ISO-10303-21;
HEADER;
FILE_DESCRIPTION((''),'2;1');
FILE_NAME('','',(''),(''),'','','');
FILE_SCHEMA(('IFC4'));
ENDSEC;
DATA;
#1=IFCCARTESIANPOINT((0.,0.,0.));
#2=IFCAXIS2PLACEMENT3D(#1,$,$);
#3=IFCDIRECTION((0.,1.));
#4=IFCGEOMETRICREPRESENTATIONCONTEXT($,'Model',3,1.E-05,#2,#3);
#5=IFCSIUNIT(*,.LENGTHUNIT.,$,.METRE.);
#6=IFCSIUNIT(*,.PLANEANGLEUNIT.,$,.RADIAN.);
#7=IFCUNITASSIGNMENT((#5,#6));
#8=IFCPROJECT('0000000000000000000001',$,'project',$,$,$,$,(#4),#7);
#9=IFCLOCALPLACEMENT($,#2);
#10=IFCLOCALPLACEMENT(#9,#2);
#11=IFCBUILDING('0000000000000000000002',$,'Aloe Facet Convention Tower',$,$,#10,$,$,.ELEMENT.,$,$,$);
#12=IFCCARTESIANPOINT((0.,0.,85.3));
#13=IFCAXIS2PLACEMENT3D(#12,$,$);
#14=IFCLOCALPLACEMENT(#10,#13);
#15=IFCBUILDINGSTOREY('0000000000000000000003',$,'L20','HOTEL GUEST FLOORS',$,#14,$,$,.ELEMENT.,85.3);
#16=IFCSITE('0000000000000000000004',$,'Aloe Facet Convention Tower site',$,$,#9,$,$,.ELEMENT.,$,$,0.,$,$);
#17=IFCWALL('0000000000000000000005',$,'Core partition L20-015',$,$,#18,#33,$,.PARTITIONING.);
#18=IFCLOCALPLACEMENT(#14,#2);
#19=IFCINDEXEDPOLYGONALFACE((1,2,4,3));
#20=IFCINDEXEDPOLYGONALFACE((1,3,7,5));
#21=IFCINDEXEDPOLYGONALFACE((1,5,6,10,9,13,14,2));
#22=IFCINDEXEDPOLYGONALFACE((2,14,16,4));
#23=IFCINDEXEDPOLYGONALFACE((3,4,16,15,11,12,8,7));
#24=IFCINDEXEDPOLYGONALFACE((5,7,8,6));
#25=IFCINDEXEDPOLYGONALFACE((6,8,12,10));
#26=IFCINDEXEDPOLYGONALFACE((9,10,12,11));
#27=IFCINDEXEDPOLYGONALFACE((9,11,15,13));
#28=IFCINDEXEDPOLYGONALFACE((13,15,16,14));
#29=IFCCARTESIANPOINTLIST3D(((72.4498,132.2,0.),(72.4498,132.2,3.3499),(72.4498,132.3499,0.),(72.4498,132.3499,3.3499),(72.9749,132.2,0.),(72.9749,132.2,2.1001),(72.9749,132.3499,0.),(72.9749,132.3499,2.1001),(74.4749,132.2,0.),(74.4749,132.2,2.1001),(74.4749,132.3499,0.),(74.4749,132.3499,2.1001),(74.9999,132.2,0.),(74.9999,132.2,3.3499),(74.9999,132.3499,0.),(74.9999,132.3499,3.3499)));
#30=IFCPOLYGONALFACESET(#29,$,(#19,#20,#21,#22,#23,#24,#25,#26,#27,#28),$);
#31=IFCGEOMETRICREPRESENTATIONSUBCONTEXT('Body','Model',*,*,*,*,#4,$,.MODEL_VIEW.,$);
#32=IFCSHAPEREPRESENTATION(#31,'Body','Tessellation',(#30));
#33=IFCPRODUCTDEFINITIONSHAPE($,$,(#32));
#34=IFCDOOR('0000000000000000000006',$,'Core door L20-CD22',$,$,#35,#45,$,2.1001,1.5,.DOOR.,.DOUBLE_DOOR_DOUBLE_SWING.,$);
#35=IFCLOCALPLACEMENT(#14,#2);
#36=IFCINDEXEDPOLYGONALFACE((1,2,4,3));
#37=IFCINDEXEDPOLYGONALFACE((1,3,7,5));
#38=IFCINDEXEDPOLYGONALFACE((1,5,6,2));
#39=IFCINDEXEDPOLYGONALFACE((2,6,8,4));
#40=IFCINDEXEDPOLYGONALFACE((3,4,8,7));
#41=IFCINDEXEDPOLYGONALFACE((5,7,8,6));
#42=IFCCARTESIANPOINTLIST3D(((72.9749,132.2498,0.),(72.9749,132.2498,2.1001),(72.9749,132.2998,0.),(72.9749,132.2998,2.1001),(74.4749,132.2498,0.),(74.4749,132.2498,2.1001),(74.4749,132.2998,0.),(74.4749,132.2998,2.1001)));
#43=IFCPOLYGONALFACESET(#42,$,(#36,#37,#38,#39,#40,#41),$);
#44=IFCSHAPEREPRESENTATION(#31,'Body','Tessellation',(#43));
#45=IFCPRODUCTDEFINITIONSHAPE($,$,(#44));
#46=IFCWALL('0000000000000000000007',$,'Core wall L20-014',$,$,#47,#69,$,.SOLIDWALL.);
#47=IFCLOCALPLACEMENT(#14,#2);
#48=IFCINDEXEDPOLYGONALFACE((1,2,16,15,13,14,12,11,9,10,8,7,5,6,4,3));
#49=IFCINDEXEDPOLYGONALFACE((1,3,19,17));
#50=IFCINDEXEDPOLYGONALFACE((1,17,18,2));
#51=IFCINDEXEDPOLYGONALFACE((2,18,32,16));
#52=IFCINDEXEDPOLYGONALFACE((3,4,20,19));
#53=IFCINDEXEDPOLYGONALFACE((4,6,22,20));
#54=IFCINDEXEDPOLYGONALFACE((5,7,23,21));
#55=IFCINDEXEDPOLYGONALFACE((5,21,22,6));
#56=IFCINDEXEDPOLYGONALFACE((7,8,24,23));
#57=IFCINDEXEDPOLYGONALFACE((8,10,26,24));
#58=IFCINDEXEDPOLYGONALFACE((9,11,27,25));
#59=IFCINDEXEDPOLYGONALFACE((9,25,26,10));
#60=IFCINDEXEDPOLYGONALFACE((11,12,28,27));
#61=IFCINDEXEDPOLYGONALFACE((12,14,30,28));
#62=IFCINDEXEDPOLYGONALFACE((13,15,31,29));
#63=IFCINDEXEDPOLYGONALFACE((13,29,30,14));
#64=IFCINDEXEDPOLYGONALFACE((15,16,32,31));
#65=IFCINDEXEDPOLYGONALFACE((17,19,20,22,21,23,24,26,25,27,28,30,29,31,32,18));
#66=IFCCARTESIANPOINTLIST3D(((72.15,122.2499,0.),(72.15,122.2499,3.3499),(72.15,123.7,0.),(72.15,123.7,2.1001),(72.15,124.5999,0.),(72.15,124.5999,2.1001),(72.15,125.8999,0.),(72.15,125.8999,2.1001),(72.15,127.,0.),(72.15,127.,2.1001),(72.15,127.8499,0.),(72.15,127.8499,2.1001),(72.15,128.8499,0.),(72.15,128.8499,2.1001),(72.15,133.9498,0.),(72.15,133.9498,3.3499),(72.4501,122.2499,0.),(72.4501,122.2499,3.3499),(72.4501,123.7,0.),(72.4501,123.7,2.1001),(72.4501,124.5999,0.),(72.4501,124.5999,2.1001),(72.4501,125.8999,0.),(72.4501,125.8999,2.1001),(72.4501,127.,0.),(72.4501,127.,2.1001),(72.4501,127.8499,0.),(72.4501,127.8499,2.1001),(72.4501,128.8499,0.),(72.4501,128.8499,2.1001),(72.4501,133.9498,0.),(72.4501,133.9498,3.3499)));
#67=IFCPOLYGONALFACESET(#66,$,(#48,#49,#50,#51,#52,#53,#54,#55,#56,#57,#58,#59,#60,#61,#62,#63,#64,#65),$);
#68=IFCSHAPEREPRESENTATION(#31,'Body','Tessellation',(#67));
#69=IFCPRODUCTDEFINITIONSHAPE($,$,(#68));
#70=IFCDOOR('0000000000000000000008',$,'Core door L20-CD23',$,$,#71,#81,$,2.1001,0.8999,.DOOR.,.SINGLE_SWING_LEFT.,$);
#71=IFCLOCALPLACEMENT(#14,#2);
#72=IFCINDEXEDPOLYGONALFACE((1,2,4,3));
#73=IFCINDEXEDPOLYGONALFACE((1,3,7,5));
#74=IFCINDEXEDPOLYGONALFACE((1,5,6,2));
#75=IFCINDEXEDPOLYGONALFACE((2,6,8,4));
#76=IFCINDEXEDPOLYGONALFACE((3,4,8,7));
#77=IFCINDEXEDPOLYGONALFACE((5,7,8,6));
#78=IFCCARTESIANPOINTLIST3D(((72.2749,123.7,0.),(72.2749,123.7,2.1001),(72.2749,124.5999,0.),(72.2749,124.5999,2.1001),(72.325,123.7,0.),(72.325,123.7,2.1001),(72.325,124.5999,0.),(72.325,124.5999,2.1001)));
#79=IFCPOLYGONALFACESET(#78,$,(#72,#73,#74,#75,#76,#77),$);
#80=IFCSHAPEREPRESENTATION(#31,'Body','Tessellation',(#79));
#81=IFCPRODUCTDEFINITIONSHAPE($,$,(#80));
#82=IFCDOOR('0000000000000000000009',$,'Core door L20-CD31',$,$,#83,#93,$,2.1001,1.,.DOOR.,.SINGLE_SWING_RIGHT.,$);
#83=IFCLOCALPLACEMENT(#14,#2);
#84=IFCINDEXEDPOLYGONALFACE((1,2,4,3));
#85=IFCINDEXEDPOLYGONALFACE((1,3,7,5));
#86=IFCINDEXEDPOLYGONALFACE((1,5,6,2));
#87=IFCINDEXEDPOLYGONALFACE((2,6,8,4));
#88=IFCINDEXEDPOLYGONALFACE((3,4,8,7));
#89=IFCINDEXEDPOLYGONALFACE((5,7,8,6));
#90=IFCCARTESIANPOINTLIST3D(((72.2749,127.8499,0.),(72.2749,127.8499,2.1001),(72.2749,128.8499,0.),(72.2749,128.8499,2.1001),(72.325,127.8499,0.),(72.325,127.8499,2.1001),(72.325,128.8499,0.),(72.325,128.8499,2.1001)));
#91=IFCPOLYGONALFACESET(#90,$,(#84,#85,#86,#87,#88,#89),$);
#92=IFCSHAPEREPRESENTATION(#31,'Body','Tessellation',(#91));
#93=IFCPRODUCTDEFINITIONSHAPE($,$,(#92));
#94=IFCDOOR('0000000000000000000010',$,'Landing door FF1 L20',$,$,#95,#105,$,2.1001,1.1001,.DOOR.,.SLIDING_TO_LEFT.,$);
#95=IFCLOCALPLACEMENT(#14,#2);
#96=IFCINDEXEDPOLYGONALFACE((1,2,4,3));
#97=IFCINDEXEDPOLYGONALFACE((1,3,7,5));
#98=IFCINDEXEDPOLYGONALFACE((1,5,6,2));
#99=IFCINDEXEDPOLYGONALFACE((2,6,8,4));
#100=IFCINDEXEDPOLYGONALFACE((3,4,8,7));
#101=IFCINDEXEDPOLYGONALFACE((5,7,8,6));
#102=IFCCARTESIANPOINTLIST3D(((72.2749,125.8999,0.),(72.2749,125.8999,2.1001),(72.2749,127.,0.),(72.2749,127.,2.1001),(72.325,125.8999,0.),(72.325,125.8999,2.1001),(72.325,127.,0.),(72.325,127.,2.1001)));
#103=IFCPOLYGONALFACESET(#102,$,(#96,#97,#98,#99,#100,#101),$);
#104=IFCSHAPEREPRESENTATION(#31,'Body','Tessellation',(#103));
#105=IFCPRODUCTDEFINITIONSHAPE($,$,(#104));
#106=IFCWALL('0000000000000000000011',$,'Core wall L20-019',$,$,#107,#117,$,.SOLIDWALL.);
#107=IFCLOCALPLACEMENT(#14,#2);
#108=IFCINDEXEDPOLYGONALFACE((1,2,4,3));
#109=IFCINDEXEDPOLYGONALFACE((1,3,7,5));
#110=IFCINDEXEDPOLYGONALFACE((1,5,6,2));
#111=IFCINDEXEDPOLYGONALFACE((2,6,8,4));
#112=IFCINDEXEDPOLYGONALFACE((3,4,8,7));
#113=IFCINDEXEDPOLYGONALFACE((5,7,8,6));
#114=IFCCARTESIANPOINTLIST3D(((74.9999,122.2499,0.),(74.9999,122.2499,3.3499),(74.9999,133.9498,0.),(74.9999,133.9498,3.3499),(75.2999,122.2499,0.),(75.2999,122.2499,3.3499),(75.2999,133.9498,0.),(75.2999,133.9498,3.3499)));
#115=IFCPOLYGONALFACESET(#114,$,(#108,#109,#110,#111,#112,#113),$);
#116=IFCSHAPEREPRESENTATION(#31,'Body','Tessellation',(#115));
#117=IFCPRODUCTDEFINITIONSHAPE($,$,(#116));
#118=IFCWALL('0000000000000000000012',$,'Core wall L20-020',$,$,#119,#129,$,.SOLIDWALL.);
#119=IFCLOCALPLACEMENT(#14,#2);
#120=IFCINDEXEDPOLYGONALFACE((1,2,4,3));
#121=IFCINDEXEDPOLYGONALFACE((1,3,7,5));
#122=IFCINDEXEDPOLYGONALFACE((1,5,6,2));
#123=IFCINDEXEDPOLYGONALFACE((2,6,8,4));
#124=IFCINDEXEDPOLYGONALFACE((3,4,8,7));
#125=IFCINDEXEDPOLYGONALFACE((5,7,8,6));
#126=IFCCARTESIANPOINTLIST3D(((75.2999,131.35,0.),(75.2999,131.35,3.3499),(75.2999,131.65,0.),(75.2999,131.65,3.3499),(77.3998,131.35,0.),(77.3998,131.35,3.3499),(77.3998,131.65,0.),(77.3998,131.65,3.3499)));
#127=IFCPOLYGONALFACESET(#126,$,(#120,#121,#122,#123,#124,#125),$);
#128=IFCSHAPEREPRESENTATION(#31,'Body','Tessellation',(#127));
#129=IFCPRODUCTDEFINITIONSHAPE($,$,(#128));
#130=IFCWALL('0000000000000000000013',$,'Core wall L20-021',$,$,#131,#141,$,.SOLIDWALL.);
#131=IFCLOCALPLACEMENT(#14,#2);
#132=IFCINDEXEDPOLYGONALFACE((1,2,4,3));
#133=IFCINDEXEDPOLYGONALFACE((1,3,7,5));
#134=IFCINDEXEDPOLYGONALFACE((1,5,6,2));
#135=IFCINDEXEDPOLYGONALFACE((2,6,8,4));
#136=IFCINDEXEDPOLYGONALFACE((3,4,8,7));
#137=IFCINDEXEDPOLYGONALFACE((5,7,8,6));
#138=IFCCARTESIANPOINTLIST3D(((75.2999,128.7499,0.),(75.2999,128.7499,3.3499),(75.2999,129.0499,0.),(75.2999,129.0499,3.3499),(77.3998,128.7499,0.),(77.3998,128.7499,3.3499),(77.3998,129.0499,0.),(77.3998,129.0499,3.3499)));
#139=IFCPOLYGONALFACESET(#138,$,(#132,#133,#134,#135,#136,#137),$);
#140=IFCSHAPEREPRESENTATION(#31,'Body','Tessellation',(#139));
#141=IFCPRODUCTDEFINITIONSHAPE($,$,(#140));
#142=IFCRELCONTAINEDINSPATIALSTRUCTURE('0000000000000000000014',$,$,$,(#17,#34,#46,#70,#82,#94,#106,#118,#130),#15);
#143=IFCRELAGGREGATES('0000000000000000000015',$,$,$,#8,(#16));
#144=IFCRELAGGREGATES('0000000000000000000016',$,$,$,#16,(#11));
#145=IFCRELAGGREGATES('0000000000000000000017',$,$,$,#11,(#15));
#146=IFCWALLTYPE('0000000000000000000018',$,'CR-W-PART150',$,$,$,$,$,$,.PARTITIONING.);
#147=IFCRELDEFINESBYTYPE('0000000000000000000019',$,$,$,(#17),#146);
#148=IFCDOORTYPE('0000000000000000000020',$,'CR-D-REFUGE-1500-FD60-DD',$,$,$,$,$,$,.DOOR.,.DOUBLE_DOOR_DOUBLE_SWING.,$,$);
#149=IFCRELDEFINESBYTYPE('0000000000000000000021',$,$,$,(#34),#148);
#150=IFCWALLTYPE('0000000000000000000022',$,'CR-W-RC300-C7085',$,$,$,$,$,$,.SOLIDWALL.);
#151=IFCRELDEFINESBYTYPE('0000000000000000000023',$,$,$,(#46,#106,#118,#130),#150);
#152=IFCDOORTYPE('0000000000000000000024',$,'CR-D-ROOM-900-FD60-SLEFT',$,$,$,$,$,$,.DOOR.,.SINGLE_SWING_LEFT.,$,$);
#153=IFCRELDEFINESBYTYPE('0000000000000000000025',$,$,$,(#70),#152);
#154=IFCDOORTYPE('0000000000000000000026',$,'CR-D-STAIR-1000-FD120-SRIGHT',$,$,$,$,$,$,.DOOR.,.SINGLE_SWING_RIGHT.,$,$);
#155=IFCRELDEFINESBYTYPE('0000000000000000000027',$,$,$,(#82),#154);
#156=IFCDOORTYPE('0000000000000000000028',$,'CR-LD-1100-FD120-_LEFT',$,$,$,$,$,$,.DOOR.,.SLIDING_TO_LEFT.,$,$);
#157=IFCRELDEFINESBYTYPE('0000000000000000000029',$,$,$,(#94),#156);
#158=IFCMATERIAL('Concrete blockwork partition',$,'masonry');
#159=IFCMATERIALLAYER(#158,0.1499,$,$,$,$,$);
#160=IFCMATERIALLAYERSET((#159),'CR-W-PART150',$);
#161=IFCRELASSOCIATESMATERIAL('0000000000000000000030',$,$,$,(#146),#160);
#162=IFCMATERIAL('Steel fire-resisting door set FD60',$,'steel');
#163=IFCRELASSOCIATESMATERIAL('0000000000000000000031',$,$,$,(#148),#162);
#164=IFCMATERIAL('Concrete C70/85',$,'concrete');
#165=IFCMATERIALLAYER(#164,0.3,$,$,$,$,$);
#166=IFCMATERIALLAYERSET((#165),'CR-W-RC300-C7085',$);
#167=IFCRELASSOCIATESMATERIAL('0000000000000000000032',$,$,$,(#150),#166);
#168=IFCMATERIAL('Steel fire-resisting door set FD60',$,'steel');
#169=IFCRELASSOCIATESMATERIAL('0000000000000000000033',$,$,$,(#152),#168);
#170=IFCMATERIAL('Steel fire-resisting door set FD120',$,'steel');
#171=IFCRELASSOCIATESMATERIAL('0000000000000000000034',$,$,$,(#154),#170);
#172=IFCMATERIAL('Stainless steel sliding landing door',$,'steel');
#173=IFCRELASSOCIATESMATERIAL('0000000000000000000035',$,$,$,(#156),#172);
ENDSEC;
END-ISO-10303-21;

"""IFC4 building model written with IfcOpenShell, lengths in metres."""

from ifc_helpers import new_model, si_unit, direction, frame, frame_2d, origin, place, context, subcontext, project, spatial, rectangle, extrude, material, layer, layer_set, type_object, element, fill, save


model = new_model("IFC4")

# Units and contexts
model_context = context("Model", 3, precision=1e-05, world=origin(), true_north=direction((0.0, 1.0)))
body_context = subcontext(model_context, "Body", "Model", "MODEL_VIEW")
ifc_project = project(units=[si_unit("LENGTHUNIT", "METRE"), si_unit("PLANEANGLEUNIT", "RADIAN")], contexts=[model_context])

# Site, building, storey
site_placement = place(None, origin())
site = spatial("IfcSite", under=ifc_project, at=site_placement, Name="Aloe Facet Convention Tower site", CompositionType="ELEMENT", RefElevation=0.0)
building_placement = place(site_placement, origin())
building = spatial("IfcBuilding", under=site, at=building_placement, Name="Aloe Facet Convention Tower", CompositionType="ELEMENT")
storey_placement = place(building_placement, frame((0.0, 0.0, 85.3)))
storey = spatial("IfcBuildingStorey", under=building, at=storey_placement, Name="L20", Description="HOTEL GUEST FLOORS", CompositionType="ELEMENT", Elevation=85.3)

# Wall, opening, door
ifc_material_1 = material(Name="Concrete blockwork partition", Category="masonry")
ifc_layer_1 = layer(ifc_material_1, 0.1499)
ifc_layer_set_1 = layer_set([ifc_layer_1], Name="CR-W-PART150")
wall_type_1 = type_object("IfcWallType", Name="CR-W-PART150", PredefinedType="PARTITIONING", material=ifc_layer_set_1)
wall_1_placement = place(storey_placement, frame((72.45, 132.2749, 0.0), z_axis=(0.0, 0.0, 1.0), x_axis=(1.0, 0.0, 0.0)))
wall_1 = element("IfcWall", 1, at=wall_1_placement, inside=storey, type_object=wall_type_1, Name="Core partition L20-015", PredefinedType="PARTITIONING", context=body_context, shape_type="SweptSolid", body=[
    extrude(rectangle(XDim=2.55, YDim=0.1499, at=frame_2d((1.2749, 0.0))), origin(), (0.0, 0.0, 1.0), 3.3499),
])
opening_1_placement = place(wall_1_placement, frame((0.5249, 0.0, 0.0)))
opening_1 = element("IfcOpeningElement", 2, at=opening_1_placement, cuts=wall_1, PredefinedType="OPENING", context=body_context, shape_type="SweptSolid", body=[
    extrude(rectangle(XDim=1.5, YDim=2.1001, at=frame_2d((0.75, 1.05))), frame((0.0, 0.085, 0.0), z_axis=(0.0, -1.0, 0.0), x_axis=(1.0, 0.0, 0.0)), (0.0, 0.0, 1.0), 0.1699),
])
ifc_material_2 = material(Name="Steel fire-resisting door set FD60", Category="steel")
door_type_1 = type_object("IfcDoorType", Name="CR-D-REFUGE-1500-FD60-DD", OperationType="DOUBLE_DOOR_DOUBLE_SWING", PredefinedType="DOOR", material=ifc_material_2)
door_1_placement = place(opening_1_placement, origin())
door_1 = element("IfcDoor", 3, at=door_1_placement, inside=storey, type_object=door_type_1, Name="Core door L20-CD22", OperationType="DOUBLE_DOOR_DOUBLE_SWING", OverallHeight=2.1001, OverallWidth=1.5, PredefinedType="DOOR", context=body_context, shape_type="SweptSolid", body=[
    extrude(rectangle(XDim=1.5, YDim=2.1001, at=frame_2d((0.75, 1.05))), frame((0.0, 0.0249, 0.0), z_axis=(0.0, -1.0, 0.0), x_axis=(1.0, 0.0, 0.0)), (0.0, 0.0, 1.0), 0.05),
])
fill(opening_1, door_1)

# Wall, openings, doors
ifc_material_3 = material(Name="Concrete C70/85", Category="concrete")
ifc_layer_2 = layer(ifc_material_3, 0.3)
ifc_layer_set_2 = layer_set([ifc_layer_2], Name="CR-W-RC300-C7085")
wall_type_2 = type_object("IfcWallType", Name="CR-W-RC300-C7085", PredefinedType="SOLIDWALL", material=ifc_layer_set_2)
wall_2_placement = place(storey_placement, frame((72.3, 133.95, 0.0), z_axis=(0.0, 0.0, 1.0), x_axis=(0.0, -1.0, 0.0)))
wall_2 = element("IfcWall", 4, at=wall_2_placement, inside=storey, type_object=wall_type_2, Name="Core wall L20-014", PredefinedType="SOLIDWALL", context=body_context, shape_type="SweptSolid", body=[
    extrude(rectangle(XDim=11.7, YDim=0.3, at=frame_2d((5.8501, 0.0))), origin(), (0.0, 0.0, 1.0), 3.3499),
])
opening_2_placement = place(wall_2_placement, frame((6.95, 0.0, 0.0)))
opening_2 = element("IfcOpeningElement", 5, at=opening_2_placement, cuts=wall_2, PredefinedType="OPENING", context=body_context, shape_type="SweptSolid", body=[
    extrude(rectangle(XDim=1.1001, YDim=2.1001, at=frame_2d((0.55, 1.05))), frame((0.0, 0.1602, 0.0), z_axis=(0.0, -1.0, 0.0), x_axis=(1.0, 0.0, 0.0)), (0.0, 0.0, 1.0), 0.3201),
])
opening_3_placement = place(wall_2_placement, frame((9.3501, 0.0, 0.0)))
opening_3 = element("IfcOpeningElement", 6, at=opening_3_placement, cuts=wall_2, PredefinedType="OPENING", context=body_context, shape_type="SweptSolid", body=[
    extrude(rectangle(XDim=0.8999, YDim=2.1001, at=frame_2d((0.45, 1.05))), frame((0.0, 0.1602, 0.0), z_axis=(0.0, -1.0, 0.0), x_axis=(1.0, 0.0, 0.0)), (0.0, 0.0, 1.0), 0.3201),
])
opening_4_placement = place(wall_2_placement, frame((5.1001, 0.0, 0.0)))
opening_4 = element("IfcOpeningElement", 7, at=opening_4_placement, cuts=wall_2, PredefinedType="OPENING", context=body_context, shape_type="SweptSolid", body=[
    extrude(rectangle(XDim=1.0, YDim=2.1001, at=frame_2d((0.5, 1.05))), frame((0.0, 0.1602, 0.0), z_axis=(0.0, -1.0, 0.0), x_axis=(1.0, 0.0, 0.0)), (0.0, 0.0, 1.0), 0.3201),
])
ifc_material_4 = material(Name="Steel fire-resisting door set FD60", Category="steel")
door_type_2 = type_object("IfcDoorType", Name="CR-D-ROOM-900-FD60-SLEFT", OperationType="SINGLE_SWING_LEFT", PredefinedType="DOOR", material=ifc_material_4)
door_2_placement = place(opening_3_placement, origin())
door_2 = element("IfcDoor", 8, at=door_2_placement, inside=storey, type_object=door_type_2, Name="Core door L20-CD23", OperationType="SINGLE_SWING_LEFT", OverallHeight=2.1001, OverallWidth=0.8999, PredefinedType="DOOR", context=body_context, shape_type="SweptSolid", body=[
    extrude(rectangle(XDim=0.8999, YDim=2.1001, at=frame_2d((0.45, 1.05))), frame((0.0, 0.0249, 0.0), z_axis=(0.0, -1.0, 0.0), x_axis=(1.0, 0.0, 0.0)), (0.0, 0.0, 1.0), 0.05),
])
fill(opening_3, door_2)
ifc_material_5 = material(Name="Steel fire-resisting door set FD120", Category="steel")
door_type_3 = type_object("IfcDoorType", Name="CR-D-STAIR-1000-FD120-SRIGHT", OperationType="SINGLE_SWING_RIGHT", PredefinedType="DOOR", material=ifc_material_5)
door_3_placement = place(opening_4_placement, origin())
door_3 = element("IfcDoor", 9, at=door_3_placement, inside=storey, type_object=door_type_3, Name="Core door L20-CD31", OperationType="SINGLE_SWING_RIGHT", OverallHeight=2.1001, OverallWidth=1.0, PredefinedType="DOOR", context=body_context, shape_type="SweptSolid", body=[
    extrude(rectangle(XDim=1.0, YDim=2.1001, at=frame_2d((0.5, 1.05))), frame((0.0, 0.0249, 0.0), z_axis=(0.0, -1.0, 0.0), x_axis=(1.0, 0.0, 0.0)), (0.0, 0.0, 1.0), 0.05),
])
fill(opening_4, door_3)
ifc_material_6 = material(Name="Stainless steel sliding landing door", Category="steel")
door_type_4 = type_object("IfcDoorType", Name="CR-LD-1100-FD120-_LEFT", OperationType="SLIDING_TO_LEFT", PredefinedType="DOOR", material=ifc_material_6)
door_4_placement = place(opening_2_placement, origin())
door_4 = element("IfcDoor", 10, at=door_4_placement, inside=storey, type_object=door_type_4, Name="Landing door FF1 L20", OperationType="SLIDING_TO_LEFT", OverallHeight=2.1001, OverallWidth=1.1001, PredefinedType="DOOR", context=body_context, shape_type="SweptSolid", body=[
    extrude(rectangle(XDim=1.1001, YDim=2.1001, at=frame_2d((0.55, 1.05))), frame((0.0, 0.0249, 0.0), z_axis=(0.0, -1.0, 0.0), x_axis=(1.0, 0.0, 0.0)), (0.0, 0.0, 1.0), 0.05),
])
fill(opening_2, door_4)

# Walls
wall_3_placement = place(storey_placement, frame((75.1499, 133.95, 0.0), z_axis=(0.0, 0.0, 1.0), x_axis=(0.0, -1.0, 0.0)))
element("IfcWall", 11, at=wall_3_placement, inside=storey, type_object=wall_type_2, Name="Core wall L20-019", PredefinedType="SOLIDWALL", context=body_context, shape_type="SweptSolid", body=[
    extrude(rectangle(XDim=11.7, YDim=0.3, at=frame_2d((5.8501, 0.0))), origin(), (0.0, 0.0, 1.0), 3.3499),
])
for number, where, z_axis, x_axis, name in (
    (12, (75.3, 131.5, 0.0), (0.0, 0.0, 1.0), (1.0, 0.0, 0.0), "Core wall L20-020"),
    (13, (75.3, 128.8999, 0.0), (0.0, 0.0, 1.0), (1.0, 0.0, 0.0), "Core wall L20-021"),
):
    element("IfcWall", number, at=place(storey_placement, frame(where, z_axis=z_axis, x_axis=x_axis)), inside=storey, type_object=wall_type_2, Name=name, PredefinedType="SOLIDWALL", context=body_context, shape_type="SweptSolid", body=[
        extrude(rectangle(XDim=2.0999, YDim=0.3, at=frame_2d((1.0498, 0.0))), origin(), (0.0, 0.0, 1.0), 3.3499),
    ])

save(model, "model.ifc")
